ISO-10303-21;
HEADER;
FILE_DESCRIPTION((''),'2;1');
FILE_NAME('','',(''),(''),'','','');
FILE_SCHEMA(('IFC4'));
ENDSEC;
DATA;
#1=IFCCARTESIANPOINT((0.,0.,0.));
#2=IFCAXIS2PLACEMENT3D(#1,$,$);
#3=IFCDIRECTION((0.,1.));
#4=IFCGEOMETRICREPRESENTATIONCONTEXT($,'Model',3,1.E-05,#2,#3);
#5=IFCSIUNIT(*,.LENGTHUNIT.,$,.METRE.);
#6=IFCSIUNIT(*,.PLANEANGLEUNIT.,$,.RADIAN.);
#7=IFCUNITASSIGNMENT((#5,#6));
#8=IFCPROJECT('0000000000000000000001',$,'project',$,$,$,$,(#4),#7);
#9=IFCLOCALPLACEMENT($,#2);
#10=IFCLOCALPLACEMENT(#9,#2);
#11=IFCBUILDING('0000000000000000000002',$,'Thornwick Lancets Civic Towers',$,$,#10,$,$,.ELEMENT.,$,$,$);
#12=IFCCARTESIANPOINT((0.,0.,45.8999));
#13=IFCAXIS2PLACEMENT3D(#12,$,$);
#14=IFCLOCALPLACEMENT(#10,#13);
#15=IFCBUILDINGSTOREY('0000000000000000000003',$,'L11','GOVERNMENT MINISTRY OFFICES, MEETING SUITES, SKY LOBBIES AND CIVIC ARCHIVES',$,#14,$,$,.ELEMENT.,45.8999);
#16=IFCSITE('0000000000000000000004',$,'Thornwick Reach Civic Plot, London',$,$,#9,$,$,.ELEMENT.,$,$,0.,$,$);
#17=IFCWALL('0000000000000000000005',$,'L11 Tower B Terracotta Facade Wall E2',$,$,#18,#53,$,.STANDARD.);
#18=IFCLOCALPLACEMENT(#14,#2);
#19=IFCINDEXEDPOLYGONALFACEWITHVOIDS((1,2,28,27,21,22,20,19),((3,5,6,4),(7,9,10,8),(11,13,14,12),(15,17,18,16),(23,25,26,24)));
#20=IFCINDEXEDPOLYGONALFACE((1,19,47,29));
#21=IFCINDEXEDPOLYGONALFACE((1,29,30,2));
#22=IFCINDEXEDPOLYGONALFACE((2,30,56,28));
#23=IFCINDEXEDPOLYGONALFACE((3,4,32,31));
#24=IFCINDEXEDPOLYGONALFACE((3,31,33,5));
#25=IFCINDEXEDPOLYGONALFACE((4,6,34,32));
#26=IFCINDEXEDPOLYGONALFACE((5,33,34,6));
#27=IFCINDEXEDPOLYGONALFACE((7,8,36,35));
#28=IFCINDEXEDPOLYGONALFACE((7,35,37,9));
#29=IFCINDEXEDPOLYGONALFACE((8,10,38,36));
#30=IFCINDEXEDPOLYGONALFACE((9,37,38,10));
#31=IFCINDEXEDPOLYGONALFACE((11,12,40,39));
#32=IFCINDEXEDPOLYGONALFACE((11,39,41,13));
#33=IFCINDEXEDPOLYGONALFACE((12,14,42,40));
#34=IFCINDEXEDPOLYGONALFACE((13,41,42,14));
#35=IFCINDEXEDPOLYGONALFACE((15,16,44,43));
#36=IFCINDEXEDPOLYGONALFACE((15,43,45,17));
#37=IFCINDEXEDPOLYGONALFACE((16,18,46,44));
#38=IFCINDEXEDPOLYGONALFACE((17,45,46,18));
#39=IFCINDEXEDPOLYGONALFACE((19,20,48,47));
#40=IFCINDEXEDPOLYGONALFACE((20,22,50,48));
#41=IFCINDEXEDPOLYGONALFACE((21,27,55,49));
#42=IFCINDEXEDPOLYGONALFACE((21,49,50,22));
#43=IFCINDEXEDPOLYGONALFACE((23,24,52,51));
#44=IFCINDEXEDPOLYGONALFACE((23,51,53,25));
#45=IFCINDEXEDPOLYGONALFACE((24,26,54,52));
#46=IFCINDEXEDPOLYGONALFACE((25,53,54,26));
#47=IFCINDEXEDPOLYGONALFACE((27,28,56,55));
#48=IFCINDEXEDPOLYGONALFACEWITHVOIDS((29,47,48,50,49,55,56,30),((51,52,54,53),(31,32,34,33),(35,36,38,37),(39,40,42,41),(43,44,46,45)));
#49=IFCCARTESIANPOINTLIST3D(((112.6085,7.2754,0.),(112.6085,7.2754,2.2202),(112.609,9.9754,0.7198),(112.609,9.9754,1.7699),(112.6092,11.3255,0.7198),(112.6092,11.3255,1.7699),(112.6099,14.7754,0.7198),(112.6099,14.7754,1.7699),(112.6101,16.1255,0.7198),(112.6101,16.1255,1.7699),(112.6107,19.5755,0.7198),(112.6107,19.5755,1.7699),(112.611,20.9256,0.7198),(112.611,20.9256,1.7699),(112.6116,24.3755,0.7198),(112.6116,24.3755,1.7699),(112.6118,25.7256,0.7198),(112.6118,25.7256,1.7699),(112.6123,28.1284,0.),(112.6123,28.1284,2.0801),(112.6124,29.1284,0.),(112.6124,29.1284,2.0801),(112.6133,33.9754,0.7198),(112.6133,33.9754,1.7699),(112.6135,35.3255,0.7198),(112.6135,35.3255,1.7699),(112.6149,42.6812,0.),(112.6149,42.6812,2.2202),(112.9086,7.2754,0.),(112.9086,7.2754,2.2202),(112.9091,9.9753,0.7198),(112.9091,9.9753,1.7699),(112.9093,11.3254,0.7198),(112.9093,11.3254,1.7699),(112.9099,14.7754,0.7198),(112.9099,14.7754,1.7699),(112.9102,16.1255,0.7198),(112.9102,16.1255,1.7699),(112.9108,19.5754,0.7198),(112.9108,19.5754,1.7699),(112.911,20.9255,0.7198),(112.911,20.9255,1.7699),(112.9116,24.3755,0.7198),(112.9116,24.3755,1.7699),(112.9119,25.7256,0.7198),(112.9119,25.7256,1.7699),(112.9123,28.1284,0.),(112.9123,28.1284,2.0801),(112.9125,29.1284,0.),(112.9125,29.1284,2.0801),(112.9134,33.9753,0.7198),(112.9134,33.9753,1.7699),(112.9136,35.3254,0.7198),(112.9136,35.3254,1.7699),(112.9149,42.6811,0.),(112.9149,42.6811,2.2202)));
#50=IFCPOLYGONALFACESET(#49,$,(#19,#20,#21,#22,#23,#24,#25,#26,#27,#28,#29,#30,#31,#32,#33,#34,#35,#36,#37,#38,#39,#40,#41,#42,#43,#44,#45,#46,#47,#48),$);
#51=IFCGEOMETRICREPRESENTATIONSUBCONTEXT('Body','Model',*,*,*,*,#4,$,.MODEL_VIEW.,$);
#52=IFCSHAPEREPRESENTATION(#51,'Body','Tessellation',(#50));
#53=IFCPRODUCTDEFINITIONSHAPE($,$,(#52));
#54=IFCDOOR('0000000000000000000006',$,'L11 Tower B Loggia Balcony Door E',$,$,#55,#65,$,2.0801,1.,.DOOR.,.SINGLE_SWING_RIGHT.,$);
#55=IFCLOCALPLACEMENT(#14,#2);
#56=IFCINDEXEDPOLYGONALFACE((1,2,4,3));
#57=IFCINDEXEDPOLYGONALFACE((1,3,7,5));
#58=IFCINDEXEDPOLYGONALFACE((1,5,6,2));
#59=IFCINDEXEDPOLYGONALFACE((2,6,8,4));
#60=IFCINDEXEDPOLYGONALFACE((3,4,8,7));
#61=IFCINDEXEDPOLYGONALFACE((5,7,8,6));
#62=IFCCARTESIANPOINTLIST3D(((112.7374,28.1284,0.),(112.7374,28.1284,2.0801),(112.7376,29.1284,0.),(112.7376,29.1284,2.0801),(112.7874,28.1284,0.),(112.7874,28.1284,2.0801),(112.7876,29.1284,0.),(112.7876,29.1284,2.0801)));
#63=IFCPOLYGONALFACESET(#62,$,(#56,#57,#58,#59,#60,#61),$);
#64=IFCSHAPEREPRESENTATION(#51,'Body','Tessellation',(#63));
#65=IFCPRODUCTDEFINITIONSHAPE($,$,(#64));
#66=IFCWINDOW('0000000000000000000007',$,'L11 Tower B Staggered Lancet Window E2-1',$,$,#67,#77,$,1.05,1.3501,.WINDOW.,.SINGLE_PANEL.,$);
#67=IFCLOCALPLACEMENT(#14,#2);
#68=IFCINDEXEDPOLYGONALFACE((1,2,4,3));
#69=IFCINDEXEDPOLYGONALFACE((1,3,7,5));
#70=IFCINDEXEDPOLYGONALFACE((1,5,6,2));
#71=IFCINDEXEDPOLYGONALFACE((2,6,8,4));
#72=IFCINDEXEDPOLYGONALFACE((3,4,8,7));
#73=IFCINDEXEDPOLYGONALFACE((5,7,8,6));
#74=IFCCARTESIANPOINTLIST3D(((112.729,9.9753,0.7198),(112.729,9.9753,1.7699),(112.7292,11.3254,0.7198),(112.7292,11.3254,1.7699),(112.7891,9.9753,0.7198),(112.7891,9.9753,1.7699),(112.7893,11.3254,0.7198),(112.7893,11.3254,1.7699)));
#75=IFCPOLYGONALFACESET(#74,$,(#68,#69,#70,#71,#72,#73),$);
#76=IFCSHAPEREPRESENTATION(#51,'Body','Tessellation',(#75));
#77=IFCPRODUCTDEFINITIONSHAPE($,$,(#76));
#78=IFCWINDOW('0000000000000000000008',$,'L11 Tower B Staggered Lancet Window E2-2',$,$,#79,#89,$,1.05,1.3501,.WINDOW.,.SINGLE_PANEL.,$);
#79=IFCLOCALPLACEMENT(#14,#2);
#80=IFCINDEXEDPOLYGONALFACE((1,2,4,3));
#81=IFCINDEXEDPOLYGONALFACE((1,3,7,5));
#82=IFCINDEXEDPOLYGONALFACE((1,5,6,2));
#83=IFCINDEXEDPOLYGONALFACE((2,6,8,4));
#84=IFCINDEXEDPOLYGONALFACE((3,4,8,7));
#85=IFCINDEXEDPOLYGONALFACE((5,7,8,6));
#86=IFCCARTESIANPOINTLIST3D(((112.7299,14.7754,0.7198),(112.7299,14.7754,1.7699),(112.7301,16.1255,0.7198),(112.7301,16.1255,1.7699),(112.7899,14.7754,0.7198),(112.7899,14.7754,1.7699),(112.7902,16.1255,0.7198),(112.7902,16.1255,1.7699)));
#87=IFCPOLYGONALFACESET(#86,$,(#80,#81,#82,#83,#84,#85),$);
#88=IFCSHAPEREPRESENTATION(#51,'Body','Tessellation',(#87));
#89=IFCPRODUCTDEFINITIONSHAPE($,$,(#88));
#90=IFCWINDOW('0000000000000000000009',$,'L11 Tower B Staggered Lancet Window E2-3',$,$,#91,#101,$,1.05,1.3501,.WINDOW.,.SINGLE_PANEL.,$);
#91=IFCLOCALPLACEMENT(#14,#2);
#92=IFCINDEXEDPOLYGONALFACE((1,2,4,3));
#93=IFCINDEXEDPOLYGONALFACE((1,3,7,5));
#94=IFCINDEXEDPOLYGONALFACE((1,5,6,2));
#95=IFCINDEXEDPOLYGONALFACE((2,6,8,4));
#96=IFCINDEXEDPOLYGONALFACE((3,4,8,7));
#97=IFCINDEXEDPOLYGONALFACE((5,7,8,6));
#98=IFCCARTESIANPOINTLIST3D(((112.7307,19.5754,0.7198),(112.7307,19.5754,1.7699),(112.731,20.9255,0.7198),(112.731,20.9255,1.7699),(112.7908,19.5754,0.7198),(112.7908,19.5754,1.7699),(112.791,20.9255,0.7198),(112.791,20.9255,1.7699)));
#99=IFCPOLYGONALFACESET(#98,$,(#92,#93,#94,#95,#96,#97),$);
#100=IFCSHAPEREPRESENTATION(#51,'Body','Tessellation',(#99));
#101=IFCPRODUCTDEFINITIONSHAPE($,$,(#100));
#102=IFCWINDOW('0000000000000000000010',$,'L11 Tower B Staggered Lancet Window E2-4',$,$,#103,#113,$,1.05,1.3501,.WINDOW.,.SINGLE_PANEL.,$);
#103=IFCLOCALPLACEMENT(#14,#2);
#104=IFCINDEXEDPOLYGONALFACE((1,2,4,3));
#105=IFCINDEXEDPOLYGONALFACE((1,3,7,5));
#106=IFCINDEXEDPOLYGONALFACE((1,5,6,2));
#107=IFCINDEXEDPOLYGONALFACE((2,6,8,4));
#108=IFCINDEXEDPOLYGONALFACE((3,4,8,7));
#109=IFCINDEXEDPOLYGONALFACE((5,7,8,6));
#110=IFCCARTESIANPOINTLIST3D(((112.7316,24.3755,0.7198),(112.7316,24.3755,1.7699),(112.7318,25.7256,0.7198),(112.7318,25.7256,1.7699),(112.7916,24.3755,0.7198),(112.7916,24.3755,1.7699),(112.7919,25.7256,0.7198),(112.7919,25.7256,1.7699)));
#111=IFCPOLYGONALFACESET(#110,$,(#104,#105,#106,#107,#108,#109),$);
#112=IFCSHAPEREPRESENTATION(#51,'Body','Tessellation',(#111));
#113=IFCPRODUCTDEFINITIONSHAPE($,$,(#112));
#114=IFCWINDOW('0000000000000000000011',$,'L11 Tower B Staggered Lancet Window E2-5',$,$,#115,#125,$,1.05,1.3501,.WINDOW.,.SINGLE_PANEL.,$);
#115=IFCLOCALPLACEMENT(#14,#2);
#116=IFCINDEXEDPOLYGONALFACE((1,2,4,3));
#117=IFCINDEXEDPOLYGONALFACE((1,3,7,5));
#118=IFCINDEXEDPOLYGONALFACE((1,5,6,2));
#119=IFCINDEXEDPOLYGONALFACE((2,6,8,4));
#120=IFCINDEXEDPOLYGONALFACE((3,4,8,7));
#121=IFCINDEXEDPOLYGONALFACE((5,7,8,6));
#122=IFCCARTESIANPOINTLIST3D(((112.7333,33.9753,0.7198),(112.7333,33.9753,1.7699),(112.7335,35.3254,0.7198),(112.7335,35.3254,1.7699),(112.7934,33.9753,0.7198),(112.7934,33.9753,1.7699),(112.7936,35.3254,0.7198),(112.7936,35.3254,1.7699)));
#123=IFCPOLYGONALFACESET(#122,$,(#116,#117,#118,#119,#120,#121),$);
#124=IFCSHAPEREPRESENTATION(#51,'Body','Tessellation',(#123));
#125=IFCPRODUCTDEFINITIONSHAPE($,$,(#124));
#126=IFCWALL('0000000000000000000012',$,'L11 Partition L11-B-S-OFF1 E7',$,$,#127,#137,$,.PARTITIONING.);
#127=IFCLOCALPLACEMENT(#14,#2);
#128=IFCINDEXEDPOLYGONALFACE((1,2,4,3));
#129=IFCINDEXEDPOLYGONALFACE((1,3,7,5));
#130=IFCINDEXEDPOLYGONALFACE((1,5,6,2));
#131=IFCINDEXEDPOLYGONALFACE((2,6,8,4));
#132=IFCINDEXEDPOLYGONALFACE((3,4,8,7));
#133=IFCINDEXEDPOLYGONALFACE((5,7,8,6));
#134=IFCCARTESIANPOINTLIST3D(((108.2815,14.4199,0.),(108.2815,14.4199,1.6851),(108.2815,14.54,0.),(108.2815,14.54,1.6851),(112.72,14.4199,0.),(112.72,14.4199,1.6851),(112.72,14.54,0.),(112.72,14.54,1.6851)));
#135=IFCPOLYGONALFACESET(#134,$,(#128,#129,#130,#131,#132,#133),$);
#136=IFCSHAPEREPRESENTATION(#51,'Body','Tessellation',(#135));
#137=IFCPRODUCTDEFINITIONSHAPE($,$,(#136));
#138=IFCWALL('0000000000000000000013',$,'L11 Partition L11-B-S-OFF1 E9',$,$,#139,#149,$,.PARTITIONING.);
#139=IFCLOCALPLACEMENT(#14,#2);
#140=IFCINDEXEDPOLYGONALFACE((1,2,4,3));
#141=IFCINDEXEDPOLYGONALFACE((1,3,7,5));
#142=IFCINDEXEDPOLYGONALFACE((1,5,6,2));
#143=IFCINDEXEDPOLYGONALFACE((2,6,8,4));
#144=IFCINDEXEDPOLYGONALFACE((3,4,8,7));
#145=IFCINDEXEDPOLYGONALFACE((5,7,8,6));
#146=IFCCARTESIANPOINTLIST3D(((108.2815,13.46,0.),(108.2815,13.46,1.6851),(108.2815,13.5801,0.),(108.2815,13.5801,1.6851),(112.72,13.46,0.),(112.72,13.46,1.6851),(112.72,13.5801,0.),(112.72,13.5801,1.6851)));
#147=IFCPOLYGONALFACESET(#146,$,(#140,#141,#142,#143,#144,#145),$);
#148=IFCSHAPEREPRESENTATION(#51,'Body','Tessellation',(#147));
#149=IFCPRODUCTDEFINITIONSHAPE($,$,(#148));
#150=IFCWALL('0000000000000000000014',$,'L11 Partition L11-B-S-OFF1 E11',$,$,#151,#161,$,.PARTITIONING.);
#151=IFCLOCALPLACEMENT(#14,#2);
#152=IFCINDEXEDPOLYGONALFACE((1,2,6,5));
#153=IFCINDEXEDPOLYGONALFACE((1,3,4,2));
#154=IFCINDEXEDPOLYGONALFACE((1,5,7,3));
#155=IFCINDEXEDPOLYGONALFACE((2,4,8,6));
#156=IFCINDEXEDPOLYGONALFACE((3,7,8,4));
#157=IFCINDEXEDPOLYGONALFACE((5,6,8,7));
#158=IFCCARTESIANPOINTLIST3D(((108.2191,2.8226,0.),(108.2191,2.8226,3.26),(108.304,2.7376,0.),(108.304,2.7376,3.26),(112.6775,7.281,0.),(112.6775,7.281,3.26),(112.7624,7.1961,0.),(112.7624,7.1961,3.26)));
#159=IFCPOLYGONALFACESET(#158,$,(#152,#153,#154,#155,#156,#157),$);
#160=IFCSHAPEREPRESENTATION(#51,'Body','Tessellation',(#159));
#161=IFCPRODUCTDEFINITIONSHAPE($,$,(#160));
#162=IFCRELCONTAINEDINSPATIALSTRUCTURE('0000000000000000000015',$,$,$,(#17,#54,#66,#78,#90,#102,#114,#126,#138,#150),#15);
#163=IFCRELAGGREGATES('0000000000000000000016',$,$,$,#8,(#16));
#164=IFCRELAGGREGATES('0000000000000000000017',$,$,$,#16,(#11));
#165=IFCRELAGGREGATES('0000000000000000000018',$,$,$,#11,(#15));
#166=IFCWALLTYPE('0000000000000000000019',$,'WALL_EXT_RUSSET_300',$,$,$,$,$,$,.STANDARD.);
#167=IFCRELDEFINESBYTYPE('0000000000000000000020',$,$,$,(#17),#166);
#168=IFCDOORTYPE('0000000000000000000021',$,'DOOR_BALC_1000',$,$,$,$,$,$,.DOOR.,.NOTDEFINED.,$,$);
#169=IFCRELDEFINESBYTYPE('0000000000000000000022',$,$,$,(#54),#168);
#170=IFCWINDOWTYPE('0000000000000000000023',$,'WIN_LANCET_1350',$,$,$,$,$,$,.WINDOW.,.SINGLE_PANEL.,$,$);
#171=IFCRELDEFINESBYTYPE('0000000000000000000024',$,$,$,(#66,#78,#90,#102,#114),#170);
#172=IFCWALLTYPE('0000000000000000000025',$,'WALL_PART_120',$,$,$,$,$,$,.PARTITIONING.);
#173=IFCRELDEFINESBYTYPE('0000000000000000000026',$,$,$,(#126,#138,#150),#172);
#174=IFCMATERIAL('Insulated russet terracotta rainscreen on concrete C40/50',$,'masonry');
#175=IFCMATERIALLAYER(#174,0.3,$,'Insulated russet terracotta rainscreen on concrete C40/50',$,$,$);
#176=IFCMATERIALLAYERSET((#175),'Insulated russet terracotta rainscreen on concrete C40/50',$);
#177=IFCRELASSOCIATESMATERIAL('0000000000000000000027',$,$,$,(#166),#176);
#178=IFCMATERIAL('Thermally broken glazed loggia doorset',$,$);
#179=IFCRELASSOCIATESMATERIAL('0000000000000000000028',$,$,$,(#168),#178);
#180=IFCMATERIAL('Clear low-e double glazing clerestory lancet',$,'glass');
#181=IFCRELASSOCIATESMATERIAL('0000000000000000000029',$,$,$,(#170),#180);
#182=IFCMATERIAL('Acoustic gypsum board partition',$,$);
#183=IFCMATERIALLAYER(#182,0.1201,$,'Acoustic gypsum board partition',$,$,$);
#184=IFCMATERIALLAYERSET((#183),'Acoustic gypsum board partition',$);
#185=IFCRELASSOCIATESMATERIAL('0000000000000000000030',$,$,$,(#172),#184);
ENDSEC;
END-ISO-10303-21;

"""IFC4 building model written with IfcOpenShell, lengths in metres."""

from ifc_helpers import new_model, si_unit, direction, frame, frame_2d, origin, place, context, subcontext, project, spatial, rectangle, extrude, material, layer, layer_set, type_object, element, fill, save


model = new_model("IFC4")

# Units and contexts
model_context = context("Model", 3, precision=1e-05, world=origin(), true_north=direction((0.0, 1.0)))
body_context = subcontext(model_context, "Body", "Model", "MODEL_VIEW")
ifc_project = project(units=[si_unit("LENGTHUNIT", "METRE"), si_unit("PLANEANGLEUNIT", "RADIAN")], contexts=[model_context])

# Site, building, storey
site_placement = place(None, origin())
site = spatial("IfcSite", under=ifc_project, at=site_placement, Name="Thornwick Reach Civic Plot, London", CompositionType="ELEMENT", RefElevation=0.0)
building_placement = place(site_placement, origin())
building = spatial("IfcBuilding", under=site, at=building_placement, Name="Thornwick Lancets Civic Towers", CompositionType="ELEMENT")
storey_placement = place(building_placement, frame((0.0, 0.0, 45.8999)))
storey = spatial("IfcBuildingStorey", under=building, at=storey_placement, Name="L11", Description="GOVERNMENT MINISTRY OFFICES, MEETING SUITES, SKY LOBBIES AND CIVIC ARCHIVES", CompositionType="ELEMENT", Elevation=45.8999)

# Wall, openings, door, windows
ifc_material_1 = material(Name="Insulated russet terracotta rainscreen on concrete C40/50", Category="masonry")
ifc_layer_1 = layer(ifc_material_1, 0.3, Name="Insulated russet terracotta rainscreen on concrete C40/50")
ifc_layer_set_1 = layer_set([ifc_layer_1], Name="Insulated russet terracotta rainscreen on concrete C40/50")
wall_type_1 = type_object("IfcWallType", Name="WALL_EXT_RUSSET_300", PredefinedType="STANDARD", material=ifc_layer_set_1)
wall_1_placement = place(storey_placement, frame((112.7585, 7.2754, 0.0), z_axis=(0.0, 0.0, 1.0), x_axis=(0.000179, 1.0, 0.0)))
wall_1 = element("IfcWall", 1, at=wall_1_placement, inside=storey, type_object=wall_type_1, Name="L11 Tower B Terracotta Facade Wall E2", PredefinedType="STANDARD", context=body_context, shape_type="SweptSolid", body=[
    extrude(rectangle(XDim=35.4058, YDim=0.3, at=frame_2d((17.7029, 0.0))), origin(), (0.0, 0.0, 1.0), 2.2202),
])
opening_1_placement = place(wall_1_placement, frame((20.853, 0.0, 0.0)))
opening_1 = element("IfcOpeningElement", 2, at=opening_1_placement, cuts=wall_1, PredefinedType="OPENING", context=body_context, shape_type="SweptSolid", body=[
    extrude(rectangle(XDim=1.0, YDim=2.0801, at=frame_2d((0.5, 1.04))), frame((0.0, 0.1602, 0.0), z_axis=(0.0, -1.0, 0.0), x_axis=(1.0, 0.0, 0.0)), (0.0, 0.0, 1.0), 0.3201),
])
opening_2_placement = place(wall_1_placement, frame((2.7, 0.0, 0.72)))
opening_2 = element("IfcOpeningElement", 3, at=opening_2_placement, cuts=wall_1, PredefinedType="OPENING", context=body_context, shape_type="SweptSolid", body=[
    extrude(rectangle(XDim=1.3501, YDim=1.05, at=frame_2d((0.675, 0.5249))), frame((0.0, 0.1602, 0.0), z_axis=(0.0, -1.0, 0.0), x_axis=(1.0, 0.0, 0.0)), (0.0, 0.0, 1.0), 0.3201),
])
opening_3_placement = place(wall_1_placement, frame((7.5, 0.0, 0.72)))
opening_3 = element("IfcOpeningElement", 4, at=opening_3_placement, cuts=wall_1, PredefinedType="OPENING", context=body_context, shape_type="SweptSolid", body=[
    extrude(rectangle(XDim=1.3501, YDim=1.05, at=frame_2d((0.675, 0.5249))), frame((0.0, 0.1602, 0.0), z_axis=(0.0, -1.0, 0.0), x_axis=(1.0, 0.0, 0.0)), (0.0, 0.0, 1.0), 0.3201),
])
opening_4_placement = place(wall_1_placement, frame((12.3, 0.0, 0.72)))
opening_4 = element("IfcOpeningElement", 5, at=opening_4_placement, cuts=wall_1, PredefinedType="OPENING", context=body_context, shape_type="SweptSolid", body=[
    extrude(rectangle(XDim=1.3501, YDim=1.05, at=frame_2d((0.675, 0.5249))), frame((0.0, 0.1602, 0.0), z_axis=(0.0, -1.0, 0.0), x_axis=(1.0, 0.0, 0.0)), (0.0, 0.0, 1.0), 0.3201),
])
opening_5_placement = place(wall_1_placement, frame((17.1001, 0.0, 0.72)))
opening_5 = element("IfcOpeningElement", 6, at=opening_5_placement, cuts=wall_1, PredefinedType="OPENING", context=body_context, shape_type="SweptSolid", body=[
    extrude(rectangle(XDim=1.3501, YDim=1.05, at=frame_2d((0.675, 0.5249))), frame((0.0, 0.1602, 0.0), z_axis=(0.0, -1.0, 0.0), x_axis=(1.0, 0.0, 0.0)), (0.0, 0.0, 1.0), 0.3201),
])
opening_6_placement = place(wall_1_placement, frame((26.7, 0.0, 0.72)))
opening_6 = element("IfcOpeningElement", 7, at=opening_6_placement, cuts=wall_1, PredefinedType="OPENING", context=body_context, shape_type="SweptSolid", body=[
    extrude(rectangle(XDim=1.3501, YDim=1.05, at=frame_2d((0.675, 0.5249))), frame((0.0, 0.1602, 0.0), z_axis=(0.0, -1.0, 0.0), x_axis=(1.0, 0.0, 0.0)), (0.0, 0.0, 1.0), 0.3201),
])
ifc_material_2 = material(Name="Thermally broken glazed loggia doorset")
door_type = type_object("IfcDoorType", Name="DOOR_BALC_1000", OperationType="NOTDEFINED", PredefinedType="DOOR", material=ifc_material_2)
door_placement = place(opening_1_placement, origin())
door = element("IfcDoor", 8, at=door_placement, inside=storey, type_object=door_type, Name="L11 Tower B Loggia Balcony Door E", OperationType="SINGLE_SWING_RIGHT", OverallHeight=2.0801, OverallWidth=1.0, PredefinedType="DOOR", context=body_context, shape_type="SweptSolid", body=[
    extrude(rectangle(XDim=1.0, YDim=2.0801, at=frame_2d((0.5, 1.04))), frame((0.0, 0.0249, 0.0), z_axis=(0.0, -1.0, 0.0), x_axis=(1.0, 0.0, 0.0)), (0.0, 0.0, 1.0), 0.05),
])
fill(opening_1, door)
ifc_material_3 = material(Name="Clear low-e double glazing clerestory lancet", Category="glass")
window_type = type_object("IfcWindowType", Name="WIN_LANCET_1350", PartitioningType="SINGLE_PANEL", PredefinedType="WINDOW", material=ifc_material_3)
window_1_placement = place(opening_2_placement, origin())
window_1 = element("IfcWindow", 9, at=window_1_placement, inside=storey, type_object=window_type, Name="L11 Tower B Staggered Lancet Window E2-1", OverallHeight=1.05, OverallWidth=1.3501, PartitioningType="SINGLE_PANEL", PredefinedType="WINDOW", context=body_context, shape_type="SweptSolid", body=[
    extrude(rectangle(XDim=1.3501, YDim=1.05, at=frame_2d((0.675, 0.5249))), frame((0.0, 0.03, 0.0), z_axis=(0.0, -1.0, 0.0), x_axis=(1.0, 0.0, 0.0)), (0.0, 0.0, 1.0), 0.0601),
])
fill(opening_2, window_1)
window_2_placement = place(opening_3_placement, origin())
window_2 = element("IfcWindow", 10, at=window_2_placement, inside=storey, type_object=window_type, Name="L11 Tower B Staggered Lancet Window E2-2", OverallHeight=1.05, OverallWidth=1.3501, PartitioningType="SINGLE_PANEL", PredefinedType="WINDOW", context=body_context, shape_type="SweptSolid", body=[
    extrude(rectangle(XDim=1.3501, YDim=1.05, at=frame_2d((0.675, 0.5249))), frame((0.0, 0.03, 0.0), z_axis=(0.0, -1.0, 0.0), x_axis=(1.0, 0.0, 0.0)), (0.0, 0.0, 1.0), 0.0601),
])
fill(opening_3, window_2)
window_3_placement = place(opening_4_placement, origin())
window_3 = element("IfcWindow", 11, at=window_3_placement, inside=storey, type_object=window_type, Name="L11 Tower B Staggered Lancet Window E2-3", OverallHeight=1.05, OverallWidth=1.3501, PartitioningType="SINGLE_PANEL", PredefinedType="WINDOW", context=body_context, shape_type="SweptSolid", body=[
    extrude(rectangle(XDim=1.3501, YDim=1.05, at=frame_2d((0.675, 0.5249))), frame((0.0, 0.03, 0.0), z_axis=(0.0, -1.0, 0.0), x_axis=(1.0, 0.0, 0.0)), (0.0, 0.0, 1.0), 0.0601),
])
fill(opening_4, window_3)
window_4_placement = place(opening_5_placement, origin())
window_4 = element("IfcWindow", 12, at=window_4_placement, inside=storey, type_object=window_type, Name="L11 Tower B Staggered Lancet Window E2-4", OverallHeight=1.05, OverallWidth=1.3501, PartitioningType="SINGLE_PANEL", PredefinedType="WINDOW", context=body_context, shape_type="SweptSolid", body=[
    extrude(rectangle(XDim=1.3501, YDim=1.05, at=frame_2d((0.675, 0.5249))), frame((0.0, 0.03, 0.0), z_axis=(0.0, -1.0, 0.0), x_axis=(1.0, 0.0, 0.0)), (0.0, 0.0, 1.0), 0.0601),
])
fill(opening_5, window_4)
window_5_placement = place(opening_6_placement, origin())
window_5 = element("IfcWindow", 13, at=window_5_placement, inside=storey, type_object=window_type, Name="L11 Tower B Staggered Lancet Window E2-5", OverallHeight=1.05, OverallWidth=1.3501, PartitioningType="SINGLE_PANEL", PredefinedType="WINDOW", context=body_context, shape_type="SweptSolid", body=[
    extrude(rectangle(XDim=1.3501, YDim=1.05, at=frame_2d((0.675, 0.5249))), frame((0.0, 0.03, 0.0), z_axis=(0.0, -1.0, 0.0), x_axis=(1.0, 0.0, 0.0)), (0.0, 0.0, 1.0), 0.0601),
])
fill(opening_6, window_5)

# Walls
ifc_material_4 = material(Name="Acoustic gypsum board partition")
ifc_layer_2 = layer(ifc_material_4, 0.1201, Name="Acoustic gypsum board partition")
ifc_layer_set_2 = layer_set([ifc_layer_2], Name="Acoustic gypsum board partition")
wall_type_2 = type_object("IfcWallType", Name="WALL_PART_120", PredefinedType="PARTITIONING", material=ifc_layer_set_2)
for number, where, z_axis, x_axis, name in (
    (14, (112.72, 14.48, 0.0), (0.0, 0.0, 1.0), (-1.0, 0.0, 0.0), "L11 Partition L11-B-S-OFF1 E7"),
    (15, (108.2815, 13.52, 0.0), (0.0, 0.0, 1.0), (1.0, 0.0, 0.0), "L11 Partition L11-B-S-OFF1 E9"),
):
    element("IfcWall", number, at=place(storey_placement, frame(where, z_axis=z_axis, x_axis=x_axis)), inside=storey, type_object=wall_type_2, Name=name, PredefinedType="PARTITIONING", context=body_context, shape_type="SweptSolid", body=[
        extrude(rectangle(XDim=4.4385, YDim=0.1201, at=frame_2d((2.2192, 0.0))), origin(), (0.0, 0.0, 1.0), 1.6851),
    ])
wall_2_placement = place(storey_placement, frame((112.72, 7.2385, 0.0), z_axis=(0.0, 0.0, 1.0), x_axis=(-0.707107, -0.707107, 0.0)))
element("IfcWall", 16, at=wall_2_placement, inside=storey, type_object=wall_type_2, Name="L11 Partition L11-B-S-OFF1 E11", PredefinedType="PARTITIONING", context=body_context, shape_type="SweptSolid", body=[
    extrude(rectangle(XDim=6.3052, YDim=0.1201, at=frame_2d((3.1526, 0.0))), origin(), (0.0, 0.0, 1.0), 3.26),
])

save(model, "model.ifc")
